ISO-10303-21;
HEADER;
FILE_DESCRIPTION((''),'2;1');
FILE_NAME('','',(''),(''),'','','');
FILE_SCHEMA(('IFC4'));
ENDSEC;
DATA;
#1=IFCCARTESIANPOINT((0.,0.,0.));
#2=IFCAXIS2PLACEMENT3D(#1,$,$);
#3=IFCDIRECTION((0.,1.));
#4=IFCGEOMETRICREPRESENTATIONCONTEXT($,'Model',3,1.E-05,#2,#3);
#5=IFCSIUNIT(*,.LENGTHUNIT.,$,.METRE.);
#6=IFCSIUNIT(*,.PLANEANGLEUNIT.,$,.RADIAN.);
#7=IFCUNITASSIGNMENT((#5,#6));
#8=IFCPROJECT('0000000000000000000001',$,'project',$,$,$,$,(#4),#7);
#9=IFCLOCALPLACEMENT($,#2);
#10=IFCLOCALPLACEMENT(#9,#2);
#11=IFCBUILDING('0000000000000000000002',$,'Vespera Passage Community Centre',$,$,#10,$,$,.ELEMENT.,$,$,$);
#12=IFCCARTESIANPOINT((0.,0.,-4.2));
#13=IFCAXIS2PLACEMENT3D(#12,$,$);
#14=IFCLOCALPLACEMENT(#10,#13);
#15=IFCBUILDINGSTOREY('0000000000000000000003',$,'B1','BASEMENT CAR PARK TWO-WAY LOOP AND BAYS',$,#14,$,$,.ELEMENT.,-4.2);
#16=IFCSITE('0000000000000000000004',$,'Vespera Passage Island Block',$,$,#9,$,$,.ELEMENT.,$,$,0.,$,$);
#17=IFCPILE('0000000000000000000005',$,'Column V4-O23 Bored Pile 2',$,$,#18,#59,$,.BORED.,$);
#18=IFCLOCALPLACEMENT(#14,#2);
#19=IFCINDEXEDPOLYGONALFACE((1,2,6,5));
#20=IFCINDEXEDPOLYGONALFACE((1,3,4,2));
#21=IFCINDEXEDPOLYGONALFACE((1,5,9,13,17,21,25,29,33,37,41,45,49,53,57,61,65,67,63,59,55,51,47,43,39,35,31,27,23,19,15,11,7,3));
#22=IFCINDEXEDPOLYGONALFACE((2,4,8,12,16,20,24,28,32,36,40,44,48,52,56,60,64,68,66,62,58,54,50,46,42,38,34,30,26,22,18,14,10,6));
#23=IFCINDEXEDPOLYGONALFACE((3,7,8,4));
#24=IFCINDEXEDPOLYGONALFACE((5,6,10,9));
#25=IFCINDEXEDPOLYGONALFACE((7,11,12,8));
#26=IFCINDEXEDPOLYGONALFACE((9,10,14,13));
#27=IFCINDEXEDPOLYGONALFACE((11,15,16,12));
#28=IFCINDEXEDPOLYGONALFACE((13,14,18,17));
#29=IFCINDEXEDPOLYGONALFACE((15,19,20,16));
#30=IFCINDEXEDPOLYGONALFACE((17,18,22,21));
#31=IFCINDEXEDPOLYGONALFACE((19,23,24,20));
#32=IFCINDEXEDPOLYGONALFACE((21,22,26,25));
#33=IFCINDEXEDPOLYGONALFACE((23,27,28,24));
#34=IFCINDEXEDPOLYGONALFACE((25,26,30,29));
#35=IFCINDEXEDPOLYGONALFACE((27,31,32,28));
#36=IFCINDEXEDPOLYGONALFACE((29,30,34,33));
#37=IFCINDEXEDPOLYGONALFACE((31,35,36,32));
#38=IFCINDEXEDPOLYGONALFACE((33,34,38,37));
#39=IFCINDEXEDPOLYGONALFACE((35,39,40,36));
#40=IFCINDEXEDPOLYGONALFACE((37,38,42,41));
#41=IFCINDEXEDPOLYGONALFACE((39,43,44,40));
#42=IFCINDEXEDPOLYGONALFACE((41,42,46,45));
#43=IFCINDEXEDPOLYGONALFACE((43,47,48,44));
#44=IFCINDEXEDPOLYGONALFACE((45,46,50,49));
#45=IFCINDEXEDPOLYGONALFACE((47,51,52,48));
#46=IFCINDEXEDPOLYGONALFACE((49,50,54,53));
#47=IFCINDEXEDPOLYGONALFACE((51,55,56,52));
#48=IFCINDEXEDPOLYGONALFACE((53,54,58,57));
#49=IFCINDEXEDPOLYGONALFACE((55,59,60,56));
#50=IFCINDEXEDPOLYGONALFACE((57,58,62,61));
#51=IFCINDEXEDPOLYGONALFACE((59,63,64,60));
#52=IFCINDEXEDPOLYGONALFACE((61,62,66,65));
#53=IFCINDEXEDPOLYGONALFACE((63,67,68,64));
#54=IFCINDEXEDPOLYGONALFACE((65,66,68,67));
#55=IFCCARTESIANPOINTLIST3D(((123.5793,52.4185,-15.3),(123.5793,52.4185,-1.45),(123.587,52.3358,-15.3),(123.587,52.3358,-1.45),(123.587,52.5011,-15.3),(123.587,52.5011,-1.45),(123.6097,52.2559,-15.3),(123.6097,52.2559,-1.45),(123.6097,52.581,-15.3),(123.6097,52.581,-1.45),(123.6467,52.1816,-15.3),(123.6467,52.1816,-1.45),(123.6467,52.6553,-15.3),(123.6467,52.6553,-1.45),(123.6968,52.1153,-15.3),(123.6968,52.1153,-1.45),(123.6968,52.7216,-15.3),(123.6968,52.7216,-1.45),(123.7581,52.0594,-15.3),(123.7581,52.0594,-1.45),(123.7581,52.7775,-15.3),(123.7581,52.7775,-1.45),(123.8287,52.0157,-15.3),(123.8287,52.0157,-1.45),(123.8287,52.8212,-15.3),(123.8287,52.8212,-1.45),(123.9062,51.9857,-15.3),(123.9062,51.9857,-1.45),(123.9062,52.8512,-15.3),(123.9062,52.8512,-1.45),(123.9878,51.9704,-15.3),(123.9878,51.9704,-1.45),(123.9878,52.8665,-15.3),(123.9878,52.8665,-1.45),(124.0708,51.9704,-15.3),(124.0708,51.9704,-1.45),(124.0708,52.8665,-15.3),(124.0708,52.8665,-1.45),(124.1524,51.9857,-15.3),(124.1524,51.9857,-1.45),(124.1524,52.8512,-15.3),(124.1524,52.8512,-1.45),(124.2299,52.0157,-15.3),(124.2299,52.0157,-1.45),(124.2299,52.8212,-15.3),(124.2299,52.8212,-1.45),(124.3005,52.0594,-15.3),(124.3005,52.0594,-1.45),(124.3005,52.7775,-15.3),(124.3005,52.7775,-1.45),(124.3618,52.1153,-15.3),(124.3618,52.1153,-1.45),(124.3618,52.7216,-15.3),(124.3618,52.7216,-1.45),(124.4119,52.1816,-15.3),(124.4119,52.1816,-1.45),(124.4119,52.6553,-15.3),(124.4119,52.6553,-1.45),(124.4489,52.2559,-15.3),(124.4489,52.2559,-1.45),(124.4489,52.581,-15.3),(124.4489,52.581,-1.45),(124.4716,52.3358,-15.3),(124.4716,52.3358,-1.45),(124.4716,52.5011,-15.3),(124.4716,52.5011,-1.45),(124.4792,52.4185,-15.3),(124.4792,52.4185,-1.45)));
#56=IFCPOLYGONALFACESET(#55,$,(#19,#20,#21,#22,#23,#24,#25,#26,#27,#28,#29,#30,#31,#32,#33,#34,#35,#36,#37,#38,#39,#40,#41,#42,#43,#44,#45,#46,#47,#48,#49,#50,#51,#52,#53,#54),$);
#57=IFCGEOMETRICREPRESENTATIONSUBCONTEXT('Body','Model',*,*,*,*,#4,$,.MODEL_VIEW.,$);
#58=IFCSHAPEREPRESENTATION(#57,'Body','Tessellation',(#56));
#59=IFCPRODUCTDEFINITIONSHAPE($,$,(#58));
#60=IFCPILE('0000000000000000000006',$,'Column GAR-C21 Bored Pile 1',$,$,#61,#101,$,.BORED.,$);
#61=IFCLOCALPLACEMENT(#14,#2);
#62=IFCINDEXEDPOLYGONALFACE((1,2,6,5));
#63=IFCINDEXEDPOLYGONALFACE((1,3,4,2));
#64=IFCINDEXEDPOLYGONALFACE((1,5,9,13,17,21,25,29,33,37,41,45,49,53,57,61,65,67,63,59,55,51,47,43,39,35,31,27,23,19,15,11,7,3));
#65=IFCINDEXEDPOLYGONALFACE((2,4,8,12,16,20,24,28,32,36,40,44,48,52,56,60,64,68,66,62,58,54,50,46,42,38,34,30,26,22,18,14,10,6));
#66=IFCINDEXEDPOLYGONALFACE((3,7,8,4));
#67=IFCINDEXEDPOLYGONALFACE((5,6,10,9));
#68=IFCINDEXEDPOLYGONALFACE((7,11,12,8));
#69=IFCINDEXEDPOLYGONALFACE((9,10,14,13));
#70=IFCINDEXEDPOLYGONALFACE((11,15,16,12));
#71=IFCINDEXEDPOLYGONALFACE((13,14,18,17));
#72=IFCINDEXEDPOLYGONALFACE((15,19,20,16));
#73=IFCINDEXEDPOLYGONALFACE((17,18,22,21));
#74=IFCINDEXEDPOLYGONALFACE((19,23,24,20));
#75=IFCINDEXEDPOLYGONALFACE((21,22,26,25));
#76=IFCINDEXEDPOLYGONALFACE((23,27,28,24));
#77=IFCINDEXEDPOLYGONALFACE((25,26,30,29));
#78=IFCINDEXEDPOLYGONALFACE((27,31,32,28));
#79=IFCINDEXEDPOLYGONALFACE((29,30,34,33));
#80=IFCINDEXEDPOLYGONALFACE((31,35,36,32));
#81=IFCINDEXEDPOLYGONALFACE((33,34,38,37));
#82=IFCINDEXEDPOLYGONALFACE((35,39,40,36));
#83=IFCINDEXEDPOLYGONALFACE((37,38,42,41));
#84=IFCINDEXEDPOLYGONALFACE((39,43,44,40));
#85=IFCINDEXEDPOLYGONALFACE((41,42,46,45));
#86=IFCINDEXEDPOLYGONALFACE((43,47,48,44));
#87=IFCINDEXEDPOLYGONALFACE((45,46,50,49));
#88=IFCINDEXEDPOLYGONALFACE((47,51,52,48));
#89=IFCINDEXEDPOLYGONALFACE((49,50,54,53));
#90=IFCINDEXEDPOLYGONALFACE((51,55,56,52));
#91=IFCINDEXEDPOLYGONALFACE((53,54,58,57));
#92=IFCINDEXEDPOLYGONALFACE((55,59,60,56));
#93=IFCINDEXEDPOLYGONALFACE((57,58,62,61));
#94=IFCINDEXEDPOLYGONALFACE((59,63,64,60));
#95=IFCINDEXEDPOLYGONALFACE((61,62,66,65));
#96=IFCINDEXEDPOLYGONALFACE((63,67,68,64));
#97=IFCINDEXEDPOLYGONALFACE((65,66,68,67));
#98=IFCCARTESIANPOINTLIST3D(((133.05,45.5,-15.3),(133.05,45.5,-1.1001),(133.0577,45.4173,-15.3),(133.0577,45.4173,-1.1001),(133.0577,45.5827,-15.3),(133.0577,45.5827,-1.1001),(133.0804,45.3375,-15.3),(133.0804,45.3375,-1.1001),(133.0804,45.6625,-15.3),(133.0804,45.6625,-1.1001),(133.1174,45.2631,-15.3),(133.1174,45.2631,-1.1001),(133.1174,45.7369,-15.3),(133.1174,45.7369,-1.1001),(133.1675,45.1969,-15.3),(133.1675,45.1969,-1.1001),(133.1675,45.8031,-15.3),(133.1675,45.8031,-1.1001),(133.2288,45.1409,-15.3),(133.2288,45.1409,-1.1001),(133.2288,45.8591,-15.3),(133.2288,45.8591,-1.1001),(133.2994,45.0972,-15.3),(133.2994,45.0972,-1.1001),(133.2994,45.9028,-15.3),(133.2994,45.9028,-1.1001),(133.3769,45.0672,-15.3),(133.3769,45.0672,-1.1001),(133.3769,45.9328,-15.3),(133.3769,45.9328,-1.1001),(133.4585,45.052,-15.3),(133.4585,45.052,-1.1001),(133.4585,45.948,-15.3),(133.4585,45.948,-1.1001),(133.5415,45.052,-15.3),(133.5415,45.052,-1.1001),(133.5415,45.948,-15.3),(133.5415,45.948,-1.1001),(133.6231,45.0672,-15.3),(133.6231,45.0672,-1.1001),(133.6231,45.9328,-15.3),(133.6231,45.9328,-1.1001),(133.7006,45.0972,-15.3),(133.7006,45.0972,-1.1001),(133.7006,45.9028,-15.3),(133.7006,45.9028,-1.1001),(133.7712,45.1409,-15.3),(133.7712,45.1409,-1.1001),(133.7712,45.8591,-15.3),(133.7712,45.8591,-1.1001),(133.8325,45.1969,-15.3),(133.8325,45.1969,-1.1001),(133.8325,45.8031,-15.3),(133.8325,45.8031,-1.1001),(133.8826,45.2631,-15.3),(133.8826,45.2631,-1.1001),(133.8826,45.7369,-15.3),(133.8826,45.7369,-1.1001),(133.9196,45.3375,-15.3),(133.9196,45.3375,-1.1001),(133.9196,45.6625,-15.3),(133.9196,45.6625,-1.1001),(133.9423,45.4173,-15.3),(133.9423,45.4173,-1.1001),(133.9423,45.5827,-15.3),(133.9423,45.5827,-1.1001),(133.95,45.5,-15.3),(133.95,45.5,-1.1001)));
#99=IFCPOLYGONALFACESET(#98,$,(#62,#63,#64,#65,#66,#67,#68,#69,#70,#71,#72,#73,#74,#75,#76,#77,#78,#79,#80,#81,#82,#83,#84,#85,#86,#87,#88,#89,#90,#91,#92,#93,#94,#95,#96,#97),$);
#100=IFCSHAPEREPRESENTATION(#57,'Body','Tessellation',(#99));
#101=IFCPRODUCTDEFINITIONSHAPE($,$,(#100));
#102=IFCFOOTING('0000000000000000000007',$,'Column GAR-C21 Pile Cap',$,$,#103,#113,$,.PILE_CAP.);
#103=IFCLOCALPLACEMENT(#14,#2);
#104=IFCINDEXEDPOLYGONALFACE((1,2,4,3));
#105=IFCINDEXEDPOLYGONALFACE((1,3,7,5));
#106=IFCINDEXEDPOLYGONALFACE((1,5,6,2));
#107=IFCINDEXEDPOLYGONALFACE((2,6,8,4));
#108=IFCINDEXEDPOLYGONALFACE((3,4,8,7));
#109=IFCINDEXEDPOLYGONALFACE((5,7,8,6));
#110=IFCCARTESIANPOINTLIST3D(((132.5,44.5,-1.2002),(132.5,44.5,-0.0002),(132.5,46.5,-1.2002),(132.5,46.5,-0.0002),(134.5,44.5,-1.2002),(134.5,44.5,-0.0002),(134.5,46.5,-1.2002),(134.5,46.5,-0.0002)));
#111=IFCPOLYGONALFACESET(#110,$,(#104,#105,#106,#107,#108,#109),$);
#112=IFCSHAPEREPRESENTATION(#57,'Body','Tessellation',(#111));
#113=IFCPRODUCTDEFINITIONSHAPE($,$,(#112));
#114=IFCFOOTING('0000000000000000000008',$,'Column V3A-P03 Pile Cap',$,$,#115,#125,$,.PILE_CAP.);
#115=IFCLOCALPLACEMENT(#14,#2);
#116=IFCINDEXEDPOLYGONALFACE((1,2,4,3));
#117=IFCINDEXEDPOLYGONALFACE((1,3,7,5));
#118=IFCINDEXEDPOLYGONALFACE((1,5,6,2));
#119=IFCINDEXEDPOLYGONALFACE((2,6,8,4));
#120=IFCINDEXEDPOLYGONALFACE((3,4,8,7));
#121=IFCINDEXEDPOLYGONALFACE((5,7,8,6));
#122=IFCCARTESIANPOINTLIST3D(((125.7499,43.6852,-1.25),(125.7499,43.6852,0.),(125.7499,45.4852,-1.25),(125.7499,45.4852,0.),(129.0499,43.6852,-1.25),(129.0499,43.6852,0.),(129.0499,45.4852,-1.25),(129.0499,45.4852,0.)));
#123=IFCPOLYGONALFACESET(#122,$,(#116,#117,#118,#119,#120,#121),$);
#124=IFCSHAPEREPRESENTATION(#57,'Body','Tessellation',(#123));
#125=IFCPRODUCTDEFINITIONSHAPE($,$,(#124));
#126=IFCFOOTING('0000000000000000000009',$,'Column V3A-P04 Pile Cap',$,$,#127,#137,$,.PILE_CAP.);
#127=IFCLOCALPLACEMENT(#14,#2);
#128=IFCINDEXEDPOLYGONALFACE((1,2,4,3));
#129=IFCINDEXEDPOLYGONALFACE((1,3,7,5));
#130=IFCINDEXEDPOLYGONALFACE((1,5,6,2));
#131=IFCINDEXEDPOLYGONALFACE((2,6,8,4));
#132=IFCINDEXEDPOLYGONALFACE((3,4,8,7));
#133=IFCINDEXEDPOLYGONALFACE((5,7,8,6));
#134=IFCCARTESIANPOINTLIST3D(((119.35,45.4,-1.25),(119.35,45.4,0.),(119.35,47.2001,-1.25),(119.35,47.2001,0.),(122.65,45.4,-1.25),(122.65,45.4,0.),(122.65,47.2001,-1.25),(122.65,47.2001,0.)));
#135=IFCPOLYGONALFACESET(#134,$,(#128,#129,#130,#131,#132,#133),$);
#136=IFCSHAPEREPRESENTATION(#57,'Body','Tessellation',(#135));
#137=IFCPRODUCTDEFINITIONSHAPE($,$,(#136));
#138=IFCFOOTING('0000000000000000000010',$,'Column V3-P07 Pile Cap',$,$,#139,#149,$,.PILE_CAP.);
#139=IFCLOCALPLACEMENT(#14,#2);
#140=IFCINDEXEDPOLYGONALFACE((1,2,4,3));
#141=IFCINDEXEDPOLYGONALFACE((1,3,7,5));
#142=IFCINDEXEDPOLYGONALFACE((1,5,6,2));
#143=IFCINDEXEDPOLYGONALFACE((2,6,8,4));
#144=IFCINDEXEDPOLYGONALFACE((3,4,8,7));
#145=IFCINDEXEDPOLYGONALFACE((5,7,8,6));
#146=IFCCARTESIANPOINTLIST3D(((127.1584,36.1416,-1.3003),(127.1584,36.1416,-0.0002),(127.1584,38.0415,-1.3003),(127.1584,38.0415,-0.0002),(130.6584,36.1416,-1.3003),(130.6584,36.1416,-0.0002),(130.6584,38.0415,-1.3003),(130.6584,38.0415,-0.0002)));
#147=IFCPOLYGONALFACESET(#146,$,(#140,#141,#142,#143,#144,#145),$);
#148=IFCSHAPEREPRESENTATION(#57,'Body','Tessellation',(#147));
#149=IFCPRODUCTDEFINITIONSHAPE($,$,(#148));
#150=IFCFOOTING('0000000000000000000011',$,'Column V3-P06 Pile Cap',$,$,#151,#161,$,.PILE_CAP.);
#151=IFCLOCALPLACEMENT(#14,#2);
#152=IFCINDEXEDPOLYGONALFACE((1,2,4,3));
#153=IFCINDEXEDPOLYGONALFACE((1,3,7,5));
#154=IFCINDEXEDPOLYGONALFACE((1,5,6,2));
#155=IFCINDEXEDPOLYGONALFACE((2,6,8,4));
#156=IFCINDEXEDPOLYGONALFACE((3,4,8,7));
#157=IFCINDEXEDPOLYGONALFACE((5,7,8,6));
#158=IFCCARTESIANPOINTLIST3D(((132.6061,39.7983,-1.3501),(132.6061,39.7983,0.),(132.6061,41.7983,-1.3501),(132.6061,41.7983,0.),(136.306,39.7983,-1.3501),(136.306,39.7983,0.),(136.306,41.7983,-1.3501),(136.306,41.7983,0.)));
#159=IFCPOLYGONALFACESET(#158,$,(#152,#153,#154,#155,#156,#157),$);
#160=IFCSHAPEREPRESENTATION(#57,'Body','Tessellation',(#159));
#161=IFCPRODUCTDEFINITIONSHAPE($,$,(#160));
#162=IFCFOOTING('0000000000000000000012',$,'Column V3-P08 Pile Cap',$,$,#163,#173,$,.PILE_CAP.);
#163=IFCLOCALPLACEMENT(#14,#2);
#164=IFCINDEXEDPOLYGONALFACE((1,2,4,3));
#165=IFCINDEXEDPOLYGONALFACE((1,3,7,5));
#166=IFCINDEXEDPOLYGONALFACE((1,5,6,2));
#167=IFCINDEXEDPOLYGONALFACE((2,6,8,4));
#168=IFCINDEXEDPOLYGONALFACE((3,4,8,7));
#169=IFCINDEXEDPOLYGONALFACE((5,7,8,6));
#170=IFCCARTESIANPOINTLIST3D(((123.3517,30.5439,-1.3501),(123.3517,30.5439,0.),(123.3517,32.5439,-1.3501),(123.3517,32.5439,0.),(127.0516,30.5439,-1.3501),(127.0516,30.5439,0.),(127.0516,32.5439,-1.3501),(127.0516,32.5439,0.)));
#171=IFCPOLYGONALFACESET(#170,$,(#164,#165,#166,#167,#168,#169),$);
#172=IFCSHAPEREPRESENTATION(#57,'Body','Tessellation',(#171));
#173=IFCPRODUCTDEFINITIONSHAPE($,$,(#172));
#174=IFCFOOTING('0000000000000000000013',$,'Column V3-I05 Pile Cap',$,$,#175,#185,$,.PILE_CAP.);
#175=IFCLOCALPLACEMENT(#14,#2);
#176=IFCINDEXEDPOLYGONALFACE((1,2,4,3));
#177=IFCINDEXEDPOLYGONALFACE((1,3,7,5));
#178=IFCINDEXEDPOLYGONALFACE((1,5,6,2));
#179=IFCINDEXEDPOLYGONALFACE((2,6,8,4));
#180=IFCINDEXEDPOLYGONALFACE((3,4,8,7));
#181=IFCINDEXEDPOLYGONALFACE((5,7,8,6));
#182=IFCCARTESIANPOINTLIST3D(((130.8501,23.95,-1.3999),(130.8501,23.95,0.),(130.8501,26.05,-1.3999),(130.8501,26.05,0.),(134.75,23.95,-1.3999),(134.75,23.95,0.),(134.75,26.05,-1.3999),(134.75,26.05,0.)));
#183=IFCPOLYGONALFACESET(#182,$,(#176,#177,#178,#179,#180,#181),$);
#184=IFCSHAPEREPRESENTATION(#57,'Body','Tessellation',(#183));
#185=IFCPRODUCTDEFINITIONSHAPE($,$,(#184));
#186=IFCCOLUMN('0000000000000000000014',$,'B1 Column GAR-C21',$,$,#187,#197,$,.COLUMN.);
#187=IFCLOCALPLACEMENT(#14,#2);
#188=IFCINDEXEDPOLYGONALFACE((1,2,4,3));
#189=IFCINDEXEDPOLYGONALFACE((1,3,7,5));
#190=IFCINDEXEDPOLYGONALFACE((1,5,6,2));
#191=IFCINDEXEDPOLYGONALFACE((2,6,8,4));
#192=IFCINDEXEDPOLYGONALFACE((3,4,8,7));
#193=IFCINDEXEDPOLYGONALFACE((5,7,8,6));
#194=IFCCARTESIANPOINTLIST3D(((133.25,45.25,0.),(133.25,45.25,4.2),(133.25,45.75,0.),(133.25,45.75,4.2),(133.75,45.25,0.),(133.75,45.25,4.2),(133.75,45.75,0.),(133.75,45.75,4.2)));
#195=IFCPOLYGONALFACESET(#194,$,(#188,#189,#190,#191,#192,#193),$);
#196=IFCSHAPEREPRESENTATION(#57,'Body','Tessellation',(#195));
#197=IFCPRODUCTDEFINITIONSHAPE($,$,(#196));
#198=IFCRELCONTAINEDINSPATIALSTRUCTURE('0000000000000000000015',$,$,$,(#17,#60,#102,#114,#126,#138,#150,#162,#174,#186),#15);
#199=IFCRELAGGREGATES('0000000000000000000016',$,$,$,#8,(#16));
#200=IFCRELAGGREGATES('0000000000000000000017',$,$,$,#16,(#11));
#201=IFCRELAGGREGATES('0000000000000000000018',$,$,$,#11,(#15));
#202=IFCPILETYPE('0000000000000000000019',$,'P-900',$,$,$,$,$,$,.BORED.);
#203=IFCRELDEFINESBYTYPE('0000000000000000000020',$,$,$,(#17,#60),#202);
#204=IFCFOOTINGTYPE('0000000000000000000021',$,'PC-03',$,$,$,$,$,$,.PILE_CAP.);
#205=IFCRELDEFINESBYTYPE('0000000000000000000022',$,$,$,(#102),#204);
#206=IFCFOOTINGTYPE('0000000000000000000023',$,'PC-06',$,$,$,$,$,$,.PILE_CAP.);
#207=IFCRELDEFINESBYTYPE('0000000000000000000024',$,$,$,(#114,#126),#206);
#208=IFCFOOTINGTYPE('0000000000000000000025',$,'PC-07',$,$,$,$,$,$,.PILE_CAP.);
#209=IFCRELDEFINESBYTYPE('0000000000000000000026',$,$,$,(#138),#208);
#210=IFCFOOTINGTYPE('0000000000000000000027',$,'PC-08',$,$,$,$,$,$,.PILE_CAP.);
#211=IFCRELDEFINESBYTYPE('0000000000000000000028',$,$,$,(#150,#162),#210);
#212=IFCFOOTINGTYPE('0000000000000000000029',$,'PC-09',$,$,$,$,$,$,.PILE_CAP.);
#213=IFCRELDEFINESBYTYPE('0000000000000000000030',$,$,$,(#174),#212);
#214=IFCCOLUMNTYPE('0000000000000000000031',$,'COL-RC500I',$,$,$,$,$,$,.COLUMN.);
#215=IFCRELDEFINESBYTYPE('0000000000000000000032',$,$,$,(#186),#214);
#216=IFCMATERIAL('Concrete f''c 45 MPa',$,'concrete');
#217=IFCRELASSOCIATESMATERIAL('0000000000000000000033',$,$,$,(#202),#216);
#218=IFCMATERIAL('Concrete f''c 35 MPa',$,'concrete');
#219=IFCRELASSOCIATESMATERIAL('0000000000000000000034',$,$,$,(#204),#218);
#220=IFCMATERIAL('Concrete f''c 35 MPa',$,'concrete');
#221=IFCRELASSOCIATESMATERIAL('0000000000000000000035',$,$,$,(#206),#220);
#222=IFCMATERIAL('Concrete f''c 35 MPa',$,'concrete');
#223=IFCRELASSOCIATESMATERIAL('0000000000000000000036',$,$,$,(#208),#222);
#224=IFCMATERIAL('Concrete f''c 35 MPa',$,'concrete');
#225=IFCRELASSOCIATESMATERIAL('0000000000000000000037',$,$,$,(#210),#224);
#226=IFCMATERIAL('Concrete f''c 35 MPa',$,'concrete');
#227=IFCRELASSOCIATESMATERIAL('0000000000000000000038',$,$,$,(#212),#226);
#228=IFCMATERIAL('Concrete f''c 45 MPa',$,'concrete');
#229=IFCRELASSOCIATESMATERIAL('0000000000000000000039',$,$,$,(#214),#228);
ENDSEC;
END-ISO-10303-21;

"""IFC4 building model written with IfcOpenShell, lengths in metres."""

from ifc_helpers import new_model, si_unit, direction, frame, origin, origin_2d, place, context, subcontext, project, spatial, rectangle, circle, extrude, material, material_profile, profile_set, type_object, element, save


model = new_model("IFC4")

# Units and contexts
model_context = context("Model", 3, precision=1e-05, world=origin(), true_north=direction((0.0, 1.0)))
body_context = subcontext(model_context, "Body", "Model", "MODEL_VIEW")
ifc_project = project(units=[si_unit("LENGTHUNIT", "METRE"), si_unit("PLANEANGLEUNIT", "RADIAN")], contexts=[model_context])

# Site, building, storey
site_placement = place(None, origin())
site = spatial("IfcSite", under=ifc_project, at=site_placement, Name="Vespera Passage Island Block", CompositionType="ELEMENT", RefElevation=0.0)
building_placement = place(site_placement, origin())
building = spatial("IfcBuilding", under=site, at=building_placement, Name="Vespera Passage Community Centre", CompositionType="ELEMENT")
storey_placement = place(building_placement, frame((0.0, 0.0, -4.2)))
storey = spatial("IfcBuildingStorey", under=building, at=storey_placement, Name="B1", Description="BASEMENT CAR PARK TWO-WAY LOOP AND BAYS", CompositionType="ELEMENT", Elevation=-4.2)

# Piles
ifc_material_1 = material(Name="Concrete f'c 45 MPa", Category="concrete")
ifc_material_profile_1 = material_profile(ifc_material_1, circle(Radius=0.45, at=origin_2d()), Name="PILE900DIA")
ifc_profile_set_1 = profile_set([ifc_material_profile_1], Name="Concrete f'c 45 MPa")
pile_type_1 = type_object("IfcPileType", Name="P-900", PredefinedType="BORED", material=ifc_profile_set_1)
for number, where, z_axis, x_axis, name in (
    (1, (124.0293, 52.4185, -1.45), (0.0, 0.0, -1.0), (1.0, 0.0, 0.0), "Column V4-O23 Bored Pile 2"),
):
    element("IfcPile", number, at=place(storey_placement, frame(where, z_axis=z_axis, x_axis=x_axis)), inside=storey, type_object=pile_type_1, Name=name, PredefinedType="BORED", context=body_context, shape_type="SweptSolid", body=[
        extrude(circle(Radius=0.45, at=origin_2d()), origin(), (0.0, 0.0, 1.0), 13.8501),
    ])
pile_1_placement = place(storey_placement, frame((133.5, 45.5, -1.1001), z_axis=(0.0, 0.0, -1.0), x_axis=(1.0, 0.0, 0.0)))
element("IfcPile", 2, at=pile_1_placement, inside=storey, type_object=pile_type_1, Name="Column GAR-C21 Bored Pile 1", PredefinedType="BORED", context=body_context, shape_type="SweptSolid", body=[
    extrude(circle(Radius=0.45, at=origin_2d()), origin(), (0.0, 0.0, 1.0), 14.2),
])

# Footings
ifc_material_2 = material(Name="Concrete f'c 35 MPa", Category="concrete")
footing_type_1 = type_object("IfcFootingType", Name="PC-03", PredefinedType="PILE_CAP", material=ifc_material_2)
footing_1_placement = place(storey_placement, frame((133.5, 45.5, -1.2002), z_axis=(0.0, 0.0, 1.0), x_axis=(1.0, 0.0, 0.0)))
element("IfcFooting", 3, at=footing_1_placement, inside=storey, type_object=footing_type_1, Name="Column GAR-C21 Pile Cap", PredefinedType="PILE_CAP", context=body_context, shape_type="SweptSolid", body=[
    extrude(rectangle(XDim=2.0, YDim=2.0, at=origin_2d()), origin(), (0.0, 0.0, 1.0), 1.2),
])
ifc_material_3 = material(Name="Concrete f'c 35 MPa", Category="concrete")
footing_type_2 = type_object("IfcFootingType", Name="PC-06", PredefinedType="PILE_CAP", material=ifc_material_3)
for number, where, z_axis, x_axis, name in (
    (4, (127.3999, 44.5852, -1.25), (0.0, 0.0, 1.0), (1.0, 0.0, 0.0), "Column V3A-P03 Pile Cap"),
    (5, (121.0, 46.3, -1.25), (0.0, 0.0, 1.0), (1.0, 0.0, 0.0), "Column V3A-P04 Pile Cap"),
):
    element("IfcFooting", number, at=place(storey_placement, frame(where, z_axis=z_axis, x_axis=x_axis)), inside=storey, type_object=footing_type_2, Name=name, PredefinedType="PILE_CAP", context=body_context, shape_type="SweptSolid", body=[
        extrude(rectangle(XDim=3.3, YDim=1.8, at=origin_2d()), origin(), (0.0, 0.0, 1.0), 1.25),
    ])
ifc_material_4 = material(Name="Concrete f'c 35 MPa", Category="concrete")
footing_type_3 = type_object("IfcFootingType", Name="PC-07", PredefinedType="PILE_CAP", material=ifc_material_4)
footing_2_placement = place(storey_placement, frame((128.9084, 37.0916, -1.3003), z_axis=(0.0, 0.0, 1.0), x_axis=(1.0, 0.0, 0.0)))
element("IfcFooting", 6, at=footing_2_placement, inside=storey, type_object=footing_type_3, Name="Column V3-P07 Pile Cap", PredefinedType="PILE_CAP", context=body_context, shape_type="SweptSolid", body=[
    extrude(rectangle(XDim=3.5, YDim=1.8999, at=origin_2d()), origin(), (0.0, 0.0, 1.0), 1.3),
])
ifc_material_5 = material(Name="Concrete f'c 35 MPa", Category="concrete")
footing_type_4 = type_object("IfcFootingType", Name="PC-08", PredefinedType="PILE_CAP", material=ifc_material_5)
for number, where, z_axis, x_axis, name in (
    (7, (134.4561, 40.7983, -1.3501), (0.0, 0.0, 1.0), (1.0, 0.0, 0.0), "Column V3-P06 Pile Cap"),
    (8, (125.2017, 31.5439, -1.3501), (0.0, 0.0, 1.0), (1.0, 0.0, 0.0), "Column V3-P08 Pile Cap"),
):
    element("IfcFooting", number, at=place(storey_placement, frame(where, z_axis=z_axis, x_axis=x_axis)), inside=storey, type_object=footing_type_4, Name=name, PredefinedType="PILE_CAP", context=body_context, shape_type="SweptSolid", body=[
        extrude(rectangle(XDim=3.7, YDim=2.0, at=origin_2d()), origin(), (0.0, 0.0, 1.0), 1.3501),
    ])
ifc_material_6 = material(Name="Concrete f'c 35 MPa", Category="concrete")
footing_type_5 = type_object("IfcFootingType", Name="PC-09", PredefinedType="PILE_CAP", material=ifc_material_6)
footing_3_placement = place(storey_placement, frame((132.8, 25.0, -1.3999), z_axis=(0.0, 0.0, 1.0), x_axis=(1.0, 0.0, 0.0)))
element("IfcFooting", 9, at=footing_3_placement, inside=storey, type_object=footing_type_5, Name="Column V3-I05 Pile Cap", PredefinedType="PILE_CAP", context=body_context, shape_type="SweptSolid", body=[
    extrude(rectangle(XDim=3.8999, YDim=2.1001, at=origin_2d()), origin(), (0.0, 0.0, 1.0), 1.3999),
])

# Column
ifc_material_7 = material(Name="Concrete f'c 45 MPa", Category="concrete")
ifc_material_profile_2 = material_profile(ifc_material_7, rectangle(XDim=0.5, YDim=0.5, at=origin_2d()), Name="RC500X500")
ifc_profile_set_2 = profile_set([ifc_material_profile_2], Name="Concrete f'c 45 MPa")
column_type_1 = type_object("IfcColumnType", Name="COL-RC500I", PredefinedType="COLUMN", material=ifc_profile_set_2)
column_1_placement = place(storey_placement, frame((133.5, 45.5, 0.0), z_axis=(0.0, 0.0, 1.0), x_axis=(1.0, 0.0, 0.0)))
element("IfcColumn", 10, at=column_1_placement, inside=storey, type_object=column_type_1, Name="B1 Column GAR-C21", PredefinedType="COLUMN", context=body_context, shape_type="SweptSolid", body=[
    extrude(rectangle(XDim=0.5, YDim=0.5, at=origin_2d()), origin(), (0.0, 0.0, 1.0), 4.2),
])

save(model, "model.ifc")
